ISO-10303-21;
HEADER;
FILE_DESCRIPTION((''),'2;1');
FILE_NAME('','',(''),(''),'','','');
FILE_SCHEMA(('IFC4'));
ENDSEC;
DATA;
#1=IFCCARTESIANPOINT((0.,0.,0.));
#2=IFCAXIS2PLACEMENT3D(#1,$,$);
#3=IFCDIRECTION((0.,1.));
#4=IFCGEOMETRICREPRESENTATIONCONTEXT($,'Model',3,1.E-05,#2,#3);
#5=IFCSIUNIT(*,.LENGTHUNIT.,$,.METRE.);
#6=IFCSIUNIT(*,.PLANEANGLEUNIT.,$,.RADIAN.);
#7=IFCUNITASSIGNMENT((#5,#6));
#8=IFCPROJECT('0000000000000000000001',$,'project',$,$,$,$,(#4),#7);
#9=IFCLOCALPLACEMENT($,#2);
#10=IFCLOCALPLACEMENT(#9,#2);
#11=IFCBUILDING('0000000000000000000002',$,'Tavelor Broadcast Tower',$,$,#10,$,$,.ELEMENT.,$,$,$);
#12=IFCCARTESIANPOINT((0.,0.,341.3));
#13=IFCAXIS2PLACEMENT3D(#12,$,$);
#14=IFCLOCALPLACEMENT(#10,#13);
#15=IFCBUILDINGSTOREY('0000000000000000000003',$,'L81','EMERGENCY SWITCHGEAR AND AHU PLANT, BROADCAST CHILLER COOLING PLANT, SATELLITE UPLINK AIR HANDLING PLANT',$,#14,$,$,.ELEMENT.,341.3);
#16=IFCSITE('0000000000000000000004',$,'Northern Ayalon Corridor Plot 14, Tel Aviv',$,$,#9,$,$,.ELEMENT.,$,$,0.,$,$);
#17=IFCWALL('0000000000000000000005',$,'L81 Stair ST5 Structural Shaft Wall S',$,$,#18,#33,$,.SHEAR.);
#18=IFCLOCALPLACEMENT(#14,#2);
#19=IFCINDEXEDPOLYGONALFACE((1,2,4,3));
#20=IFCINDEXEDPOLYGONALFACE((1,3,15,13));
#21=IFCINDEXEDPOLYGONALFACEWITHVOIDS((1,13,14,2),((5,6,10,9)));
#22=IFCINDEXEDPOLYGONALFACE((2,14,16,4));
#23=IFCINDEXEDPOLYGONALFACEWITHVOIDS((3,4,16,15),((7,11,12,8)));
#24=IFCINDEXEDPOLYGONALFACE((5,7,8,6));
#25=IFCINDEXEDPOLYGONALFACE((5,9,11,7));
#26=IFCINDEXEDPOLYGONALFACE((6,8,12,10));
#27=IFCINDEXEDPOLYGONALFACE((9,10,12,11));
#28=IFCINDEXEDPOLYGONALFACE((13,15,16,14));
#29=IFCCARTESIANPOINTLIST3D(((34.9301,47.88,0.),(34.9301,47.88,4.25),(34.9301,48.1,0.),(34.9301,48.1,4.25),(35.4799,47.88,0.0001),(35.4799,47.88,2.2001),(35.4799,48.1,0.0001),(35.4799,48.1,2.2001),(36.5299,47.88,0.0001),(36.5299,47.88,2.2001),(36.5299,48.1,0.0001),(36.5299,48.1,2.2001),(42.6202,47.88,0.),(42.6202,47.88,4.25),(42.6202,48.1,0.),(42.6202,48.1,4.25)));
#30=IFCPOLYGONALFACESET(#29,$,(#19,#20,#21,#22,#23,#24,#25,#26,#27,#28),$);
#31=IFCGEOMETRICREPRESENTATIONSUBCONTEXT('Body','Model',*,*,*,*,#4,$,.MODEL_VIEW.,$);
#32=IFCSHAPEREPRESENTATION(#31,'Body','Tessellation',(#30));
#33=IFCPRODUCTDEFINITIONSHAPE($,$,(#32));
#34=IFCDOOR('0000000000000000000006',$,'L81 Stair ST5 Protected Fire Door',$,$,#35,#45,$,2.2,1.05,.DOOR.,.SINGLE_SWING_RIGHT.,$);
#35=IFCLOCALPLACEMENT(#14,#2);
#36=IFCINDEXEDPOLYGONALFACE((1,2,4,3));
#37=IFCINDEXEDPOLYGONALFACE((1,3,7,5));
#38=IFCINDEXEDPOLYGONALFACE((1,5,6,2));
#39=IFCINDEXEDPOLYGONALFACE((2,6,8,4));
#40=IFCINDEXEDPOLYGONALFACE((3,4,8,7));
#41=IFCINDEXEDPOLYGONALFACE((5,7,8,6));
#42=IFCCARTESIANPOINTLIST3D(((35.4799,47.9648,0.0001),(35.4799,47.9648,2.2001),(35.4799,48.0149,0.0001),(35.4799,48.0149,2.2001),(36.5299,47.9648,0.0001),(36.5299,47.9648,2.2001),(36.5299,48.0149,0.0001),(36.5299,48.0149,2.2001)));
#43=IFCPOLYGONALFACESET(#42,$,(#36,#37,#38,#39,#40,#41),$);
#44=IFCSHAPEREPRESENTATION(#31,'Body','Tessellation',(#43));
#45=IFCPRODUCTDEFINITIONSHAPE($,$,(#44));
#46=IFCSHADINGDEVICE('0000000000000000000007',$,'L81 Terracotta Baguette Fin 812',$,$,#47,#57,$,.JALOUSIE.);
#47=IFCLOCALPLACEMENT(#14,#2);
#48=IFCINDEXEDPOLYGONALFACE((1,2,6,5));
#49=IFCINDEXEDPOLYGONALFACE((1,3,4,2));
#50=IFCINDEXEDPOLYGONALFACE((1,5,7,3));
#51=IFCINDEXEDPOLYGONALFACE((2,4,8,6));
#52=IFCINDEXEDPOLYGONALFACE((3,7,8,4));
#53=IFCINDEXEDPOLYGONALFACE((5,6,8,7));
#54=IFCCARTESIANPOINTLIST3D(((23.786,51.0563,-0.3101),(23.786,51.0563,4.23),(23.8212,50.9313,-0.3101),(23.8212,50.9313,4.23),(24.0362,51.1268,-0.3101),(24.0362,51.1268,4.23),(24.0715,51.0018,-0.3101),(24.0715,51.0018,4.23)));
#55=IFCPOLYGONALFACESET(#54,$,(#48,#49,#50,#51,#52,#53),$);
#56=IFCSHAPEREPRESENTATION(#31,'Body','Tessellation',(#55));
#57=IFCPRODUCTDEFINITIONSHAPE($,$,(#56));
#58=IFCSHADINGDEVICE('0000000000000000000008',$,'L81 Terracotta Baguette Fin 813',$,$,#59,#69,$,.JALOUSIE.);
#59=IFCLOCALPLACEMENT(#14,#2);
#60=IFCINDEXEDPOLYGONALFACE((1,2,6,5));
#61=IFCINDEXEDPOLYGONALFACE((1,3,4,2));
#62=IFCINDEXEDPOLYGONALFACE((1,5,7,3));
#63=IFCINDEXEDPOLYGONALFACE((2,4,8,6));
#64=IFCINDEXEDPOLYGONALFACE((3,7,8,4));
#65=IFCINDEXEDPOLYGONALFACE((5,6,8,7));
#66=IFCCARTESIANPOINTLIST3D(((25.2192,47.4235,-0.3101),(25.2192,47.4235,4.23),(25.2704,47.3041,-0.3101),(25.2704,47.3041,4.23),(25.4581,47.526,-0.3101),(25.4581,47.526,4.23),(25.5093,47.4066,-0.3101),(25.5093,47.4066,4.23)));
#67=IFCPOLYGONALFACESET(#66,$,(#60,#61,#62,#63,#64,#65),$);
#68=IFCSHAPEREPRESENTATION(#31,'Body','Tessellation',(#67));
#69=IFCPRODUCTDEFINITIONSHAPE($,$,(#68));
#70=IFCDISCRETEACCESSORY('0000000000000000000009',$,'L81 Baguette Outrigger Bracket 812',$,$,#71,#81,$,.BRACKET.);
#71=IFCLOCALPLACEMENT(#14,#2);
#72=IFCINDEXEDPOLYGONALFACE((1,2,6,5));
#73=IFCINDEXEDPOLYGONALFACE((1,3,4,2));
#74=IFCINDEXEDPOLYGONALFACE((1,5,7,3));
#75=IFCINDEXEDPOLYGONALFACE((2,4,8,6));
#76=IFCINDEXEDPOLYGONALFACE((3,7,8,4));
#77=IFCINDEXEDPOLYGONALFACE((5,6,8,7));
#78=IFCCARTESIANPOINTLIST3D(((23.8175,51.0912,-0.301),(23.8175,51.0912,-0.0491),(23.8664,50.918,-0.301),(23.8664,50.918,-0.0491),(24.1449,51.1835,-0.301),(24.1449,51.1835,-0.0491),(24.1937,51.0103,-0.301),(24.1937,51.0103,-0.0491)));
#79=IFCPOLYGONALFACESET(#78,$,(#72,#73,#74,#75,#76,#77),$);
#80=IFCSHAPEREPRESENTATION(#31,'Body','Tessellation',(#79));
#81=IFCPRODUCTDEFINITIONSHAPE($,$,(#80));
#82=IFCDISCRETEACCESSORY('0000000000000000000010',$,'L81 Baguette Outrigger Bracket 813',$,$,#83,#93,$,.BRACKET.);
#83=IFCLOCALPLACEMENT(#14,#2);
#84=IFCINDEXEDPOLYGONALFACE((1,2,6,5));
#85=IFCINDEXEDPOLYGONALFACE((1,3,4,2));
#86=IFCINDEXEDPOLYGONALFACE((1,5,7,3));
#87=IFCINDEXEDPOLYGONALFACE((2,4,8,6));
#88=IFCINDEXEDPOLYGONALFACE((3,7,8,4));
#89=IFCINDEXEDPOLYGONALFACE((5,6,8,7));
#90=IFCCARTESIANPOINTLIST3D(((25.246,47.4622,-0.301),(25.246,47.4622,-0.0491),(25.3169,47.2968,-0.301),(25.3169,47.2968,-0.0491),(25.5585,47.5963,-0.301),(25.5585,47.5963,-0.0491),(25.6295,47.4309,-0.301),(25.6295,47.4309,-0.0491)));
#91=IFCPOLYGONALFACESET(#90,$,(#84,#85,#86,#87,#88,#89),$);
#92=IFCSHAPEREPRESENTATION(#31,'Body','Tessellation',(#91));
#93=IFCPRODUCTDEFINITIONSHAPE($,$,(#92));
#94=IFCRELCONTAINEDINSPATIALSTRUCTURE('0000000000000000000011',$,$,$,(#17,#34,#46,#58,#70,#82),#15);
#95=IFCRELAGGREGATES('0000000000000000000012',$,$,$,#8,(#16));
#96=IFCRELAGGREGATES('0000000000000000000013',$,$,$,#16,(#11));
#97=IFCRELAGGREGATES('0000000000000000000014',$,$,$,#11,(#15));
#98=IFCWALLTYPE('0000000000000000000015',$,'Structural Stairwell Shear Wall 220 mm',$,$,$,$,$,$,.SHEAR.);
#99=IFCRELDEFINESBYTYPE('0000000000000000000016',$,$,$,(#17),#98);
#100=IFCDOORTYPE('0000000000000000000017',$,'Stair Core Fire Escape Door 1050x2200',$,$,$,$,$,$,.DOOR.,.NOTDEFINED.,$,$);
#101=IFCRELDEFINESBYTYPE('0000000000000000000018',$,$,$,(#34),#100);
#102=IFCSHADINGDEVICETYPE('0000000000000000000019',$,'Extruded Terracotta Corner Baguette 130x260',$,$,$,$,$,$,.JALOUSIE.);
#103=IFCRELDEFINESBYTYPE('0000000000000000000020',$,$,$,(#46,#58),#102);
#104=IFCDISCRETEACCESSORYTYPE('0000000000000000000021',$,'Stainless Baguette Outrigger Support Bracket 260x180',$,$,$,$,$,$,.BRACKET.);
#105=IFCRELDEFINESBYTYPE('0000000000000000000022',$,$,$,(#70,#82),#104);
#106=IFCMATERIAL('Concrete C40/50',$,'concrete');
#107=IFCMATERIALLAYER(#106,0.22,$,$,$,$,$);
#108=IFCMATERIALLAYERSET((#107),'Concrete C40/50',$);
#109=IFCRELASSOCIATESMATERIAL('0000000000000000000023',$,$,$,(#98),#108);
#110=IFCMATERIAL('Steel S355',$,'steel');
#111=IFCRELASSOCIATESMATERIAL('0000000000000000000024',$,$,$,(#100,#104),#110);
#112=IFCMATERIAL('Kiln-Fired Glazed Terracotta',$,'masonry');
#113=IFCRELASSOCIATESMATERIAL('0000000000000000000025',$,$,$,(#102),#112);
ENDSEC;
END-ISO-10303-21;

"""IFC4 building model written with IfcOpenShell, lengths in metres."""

from ifc_helpers import new_model, si_unit, direction, frame, frame_2d, origin, origin_2d, place, context, subcontext, project, spatial, rectangle, extrude, source, transform, mapped, material, layer, layer_set, type_object, type_shapes, element, fill, save


model = new_model("IFC4")

# Units and contexts
model_context = context("Model", 3, precision=1e-05, world=origin(), true_north=direction((0.0, 1.0)))
body_context = subcontext(model_context, "Body", "Model", "MODEL_VIEW")
ifc_project = project(units=[si_unit("LENGTHUNIT", "METRE"), si_unit("PLANEANGLEUNIT", "RADIAN")], contexts=[model_context])

# Site, building, storey
site_placement = place(None, origin())
site = spatial("IfcSite", under=ifc_project, at=site_placement, Name="Northern Ayalon Corridor Plot 14, Tel Aviv", CompositionType="ELEMENT", RefElevation=0.0)
building_placement = place(site_placement, origin())
building = spatial("IfcBuilding", under=site, at=building_placement, Name="Tavelor Broadcast Tower", CompositionType="ELEMENT")
storey_placement = place(building_placement, frame((0.0, 0.0, 341.3)))
storey = spatial("IfcBuildingStorey", under=building, at=storey_placement, Name="L81", Description="EMERGENCY SWITCHGEAR AND AHU PLANT, BROADCAST CHILLER COOLING PLANT, SATELLITE UPLINK AIR HANDLING PLANT", CompositionType="ELEMENT", Elevation=341.3)

# Shared definitions
ifc_material_1 = material(Name="Steel S355", Category="steel")

# Wall, opening, door
ifc_material_2 = material(Name="Concrete C40/50", Category="concrete")
ifc_layer_1 = layer(ifc_material_2, 0.22)
ifc_layer_set_1 = layer_set([ifc_layer_1], Name="Concrete C40/50")
wall_type_1 = type_object("IfcWallType", Name="Structural Stairwell Shear Wall 220 mm", PredefinedType="SHEAR", material=ifc_layer_set_1)
wall_1_placement = place(storey_placement, frame((34.9299, 47.99, 0.0), z_axis=(0.0, 0.0, 1.0), x_axis=(1.0, 0.0, 0.0)))
wall_1 = element("IfcWall", 1, at=wall_1_placement, inside=storey, type_object=wall_type_1, Name="L81 Stair ST5 Structural Shaft Wall S", PredefinedType="SHEAR", context=body_context, shape_type="SweptSolid", body=[
    extrude(rectangle(XDim=7.6902, YDim=0.22, at=frame_2d((3.8452, 0.0))), origin(), (0.0, 0.0, 1.0), 4.25),
])
opening_1_placement = place(wall_1_placement, frame((0.55, 0.0, 0.0)))
opening_1 = element("IfcOpeningElement", 2, at=opening_1_placement, cuts=wall_1, PredefinedType="OPENING", context=body_context, shape_type="SweptSolid", body=[
    extrude(rectangle(XDim=1.05, YDim=2.2, at=frame_2d((0.5249, 1.1001))), frame((0.0, 0.1201, 0.0), z_axis=(0.0, -1.0, 0.0), x_axis=(1.0, 0.0, 0.0)), (0.0, 0.0, 1.0), 0.24),
])
door_type = type_object("IfcDoorType", Name="Stair Core Fire Escape Door 1050x2200", OperationType="NOTDEFINED", PredefinedType="DOOR", material=ifc_material_1)
door_placement = place(opening_1_placement, origin())
door = element("IfcDoor", 3, at=door_placement, inside=storey, type_object=door_type, Name="L81 Stair ST5 Protected Fire Door", OperationType="SINGLE_SWING_RIGHT", OverallHeight=2.2, OverallWidth=1.05, PredefinedType="DOOR", context=body_context, shape_type="SweptSolid", body=[
    extrude(rectangle(XDim=1.05, YDim=2.2, at=frame_2d((0.5249, 1.1001))), frame((0.0, 0.0249, 0.0), z_axis=(0.0, -1.0, 0.0), x_axis=(1.0, 0.0, 0.0)), (0.0, 0.0, 1.0), 0.05),
])
fill(opening_1, door)

# Shading devices
ifc_material_3 = material(Name="Kiln-Fired Glazed Terracotta", Category="masonry")
shading_device_type = type_object("IfcShadingDeviceType", Name="Extruded Terracotta Corner Baguette 130x260", PredefinedType="JALOUSIE", material=ifc_material_3)
shared_shape_1 = source(origin(), body_context, "Body", "SweptSolid", [
    extrude(rectangle(XDim=0.1299, YDim=0.26, at=origin_2d()), origin(), (0.0, 0.0, 1.0), 4.54),
])
type_shapes(shading_device_type, [shared_shape_1])
for number, where, z_axis, x_axis, name in (
    (4, (23.9287, 51.0291, -0.3101), (0.0, 0.0, 1.0), (0.27144, -0.962455, 0.0), "L81 Terracotta Baguette Fin 812"),
    (5, (25.3643, 47.415, -0.3101), (0.0, 0.0, 1.0), (0.394263, -0.918998, 0.0), "L81 Terracotta Baguette Fin 813"),
):
    element("IfcShadingDevice", number, at=place(storey_placement, frame(where, z_axis=z_axis, x_axis=x_axis)), inside=storey, type_object=shading_device_type, Name=name, PredefinedType="JALOUSIE", context=body_context, shape_type="MappedRepresentation", body=[
        mapped(shared_shape_1, transform((0.0, 0.0, 0.0), scale=1.0)),
    ])

# Discrete accessories
discrete_accessory_type = type_object("IfcDiscreteAccessoryType", Name="Stainless Baguette Outrigger Support Bracket 260x180", PredefinedType="BRACKET", material=ifc_material_1)
shared_shape_2 = source(origin(), body_context, "Body", "SweptSolid", [
    extrude(rectangle(XDim=0.1799, YDim=0.3401, at=origin_2d()), origin(), (0.0, 0.0, 1.0), 0.252),
])
type_shapes(discrete_accessory_type, [shared_shape_2])
for number, where, z_axis, x_axis, name in (
    (6, (24.0056, 51.0508, -0.301), (0.0, 0.0, 1.0), (0.27144, -0.962455, 0.0), "L81 Baguette Outrigger Bracket 812"),
    (7, (25.4377, 47.4465, -0.301), (0.0, 0.0, 1.0), (0.394263, -0.918998, 0.0), "L81 Baguette Outrigger Bracket 813"),
):
    element("IfcDiscreteAccessory", number, at=place(storey_placement, frame(where, z_axis=z_axis, x_axis=x_axis)), inside=storey, type_object=discrete_accessory_type, Name=name, PredefinedType="BRACKET", context=body_context, shape_type="MappedRepresentation", body=[
        mapped(shared_shape_2, transform((0.0, 0.0, 0.0), scale=1.0)),
    ])

save(model, "model.ifc")
